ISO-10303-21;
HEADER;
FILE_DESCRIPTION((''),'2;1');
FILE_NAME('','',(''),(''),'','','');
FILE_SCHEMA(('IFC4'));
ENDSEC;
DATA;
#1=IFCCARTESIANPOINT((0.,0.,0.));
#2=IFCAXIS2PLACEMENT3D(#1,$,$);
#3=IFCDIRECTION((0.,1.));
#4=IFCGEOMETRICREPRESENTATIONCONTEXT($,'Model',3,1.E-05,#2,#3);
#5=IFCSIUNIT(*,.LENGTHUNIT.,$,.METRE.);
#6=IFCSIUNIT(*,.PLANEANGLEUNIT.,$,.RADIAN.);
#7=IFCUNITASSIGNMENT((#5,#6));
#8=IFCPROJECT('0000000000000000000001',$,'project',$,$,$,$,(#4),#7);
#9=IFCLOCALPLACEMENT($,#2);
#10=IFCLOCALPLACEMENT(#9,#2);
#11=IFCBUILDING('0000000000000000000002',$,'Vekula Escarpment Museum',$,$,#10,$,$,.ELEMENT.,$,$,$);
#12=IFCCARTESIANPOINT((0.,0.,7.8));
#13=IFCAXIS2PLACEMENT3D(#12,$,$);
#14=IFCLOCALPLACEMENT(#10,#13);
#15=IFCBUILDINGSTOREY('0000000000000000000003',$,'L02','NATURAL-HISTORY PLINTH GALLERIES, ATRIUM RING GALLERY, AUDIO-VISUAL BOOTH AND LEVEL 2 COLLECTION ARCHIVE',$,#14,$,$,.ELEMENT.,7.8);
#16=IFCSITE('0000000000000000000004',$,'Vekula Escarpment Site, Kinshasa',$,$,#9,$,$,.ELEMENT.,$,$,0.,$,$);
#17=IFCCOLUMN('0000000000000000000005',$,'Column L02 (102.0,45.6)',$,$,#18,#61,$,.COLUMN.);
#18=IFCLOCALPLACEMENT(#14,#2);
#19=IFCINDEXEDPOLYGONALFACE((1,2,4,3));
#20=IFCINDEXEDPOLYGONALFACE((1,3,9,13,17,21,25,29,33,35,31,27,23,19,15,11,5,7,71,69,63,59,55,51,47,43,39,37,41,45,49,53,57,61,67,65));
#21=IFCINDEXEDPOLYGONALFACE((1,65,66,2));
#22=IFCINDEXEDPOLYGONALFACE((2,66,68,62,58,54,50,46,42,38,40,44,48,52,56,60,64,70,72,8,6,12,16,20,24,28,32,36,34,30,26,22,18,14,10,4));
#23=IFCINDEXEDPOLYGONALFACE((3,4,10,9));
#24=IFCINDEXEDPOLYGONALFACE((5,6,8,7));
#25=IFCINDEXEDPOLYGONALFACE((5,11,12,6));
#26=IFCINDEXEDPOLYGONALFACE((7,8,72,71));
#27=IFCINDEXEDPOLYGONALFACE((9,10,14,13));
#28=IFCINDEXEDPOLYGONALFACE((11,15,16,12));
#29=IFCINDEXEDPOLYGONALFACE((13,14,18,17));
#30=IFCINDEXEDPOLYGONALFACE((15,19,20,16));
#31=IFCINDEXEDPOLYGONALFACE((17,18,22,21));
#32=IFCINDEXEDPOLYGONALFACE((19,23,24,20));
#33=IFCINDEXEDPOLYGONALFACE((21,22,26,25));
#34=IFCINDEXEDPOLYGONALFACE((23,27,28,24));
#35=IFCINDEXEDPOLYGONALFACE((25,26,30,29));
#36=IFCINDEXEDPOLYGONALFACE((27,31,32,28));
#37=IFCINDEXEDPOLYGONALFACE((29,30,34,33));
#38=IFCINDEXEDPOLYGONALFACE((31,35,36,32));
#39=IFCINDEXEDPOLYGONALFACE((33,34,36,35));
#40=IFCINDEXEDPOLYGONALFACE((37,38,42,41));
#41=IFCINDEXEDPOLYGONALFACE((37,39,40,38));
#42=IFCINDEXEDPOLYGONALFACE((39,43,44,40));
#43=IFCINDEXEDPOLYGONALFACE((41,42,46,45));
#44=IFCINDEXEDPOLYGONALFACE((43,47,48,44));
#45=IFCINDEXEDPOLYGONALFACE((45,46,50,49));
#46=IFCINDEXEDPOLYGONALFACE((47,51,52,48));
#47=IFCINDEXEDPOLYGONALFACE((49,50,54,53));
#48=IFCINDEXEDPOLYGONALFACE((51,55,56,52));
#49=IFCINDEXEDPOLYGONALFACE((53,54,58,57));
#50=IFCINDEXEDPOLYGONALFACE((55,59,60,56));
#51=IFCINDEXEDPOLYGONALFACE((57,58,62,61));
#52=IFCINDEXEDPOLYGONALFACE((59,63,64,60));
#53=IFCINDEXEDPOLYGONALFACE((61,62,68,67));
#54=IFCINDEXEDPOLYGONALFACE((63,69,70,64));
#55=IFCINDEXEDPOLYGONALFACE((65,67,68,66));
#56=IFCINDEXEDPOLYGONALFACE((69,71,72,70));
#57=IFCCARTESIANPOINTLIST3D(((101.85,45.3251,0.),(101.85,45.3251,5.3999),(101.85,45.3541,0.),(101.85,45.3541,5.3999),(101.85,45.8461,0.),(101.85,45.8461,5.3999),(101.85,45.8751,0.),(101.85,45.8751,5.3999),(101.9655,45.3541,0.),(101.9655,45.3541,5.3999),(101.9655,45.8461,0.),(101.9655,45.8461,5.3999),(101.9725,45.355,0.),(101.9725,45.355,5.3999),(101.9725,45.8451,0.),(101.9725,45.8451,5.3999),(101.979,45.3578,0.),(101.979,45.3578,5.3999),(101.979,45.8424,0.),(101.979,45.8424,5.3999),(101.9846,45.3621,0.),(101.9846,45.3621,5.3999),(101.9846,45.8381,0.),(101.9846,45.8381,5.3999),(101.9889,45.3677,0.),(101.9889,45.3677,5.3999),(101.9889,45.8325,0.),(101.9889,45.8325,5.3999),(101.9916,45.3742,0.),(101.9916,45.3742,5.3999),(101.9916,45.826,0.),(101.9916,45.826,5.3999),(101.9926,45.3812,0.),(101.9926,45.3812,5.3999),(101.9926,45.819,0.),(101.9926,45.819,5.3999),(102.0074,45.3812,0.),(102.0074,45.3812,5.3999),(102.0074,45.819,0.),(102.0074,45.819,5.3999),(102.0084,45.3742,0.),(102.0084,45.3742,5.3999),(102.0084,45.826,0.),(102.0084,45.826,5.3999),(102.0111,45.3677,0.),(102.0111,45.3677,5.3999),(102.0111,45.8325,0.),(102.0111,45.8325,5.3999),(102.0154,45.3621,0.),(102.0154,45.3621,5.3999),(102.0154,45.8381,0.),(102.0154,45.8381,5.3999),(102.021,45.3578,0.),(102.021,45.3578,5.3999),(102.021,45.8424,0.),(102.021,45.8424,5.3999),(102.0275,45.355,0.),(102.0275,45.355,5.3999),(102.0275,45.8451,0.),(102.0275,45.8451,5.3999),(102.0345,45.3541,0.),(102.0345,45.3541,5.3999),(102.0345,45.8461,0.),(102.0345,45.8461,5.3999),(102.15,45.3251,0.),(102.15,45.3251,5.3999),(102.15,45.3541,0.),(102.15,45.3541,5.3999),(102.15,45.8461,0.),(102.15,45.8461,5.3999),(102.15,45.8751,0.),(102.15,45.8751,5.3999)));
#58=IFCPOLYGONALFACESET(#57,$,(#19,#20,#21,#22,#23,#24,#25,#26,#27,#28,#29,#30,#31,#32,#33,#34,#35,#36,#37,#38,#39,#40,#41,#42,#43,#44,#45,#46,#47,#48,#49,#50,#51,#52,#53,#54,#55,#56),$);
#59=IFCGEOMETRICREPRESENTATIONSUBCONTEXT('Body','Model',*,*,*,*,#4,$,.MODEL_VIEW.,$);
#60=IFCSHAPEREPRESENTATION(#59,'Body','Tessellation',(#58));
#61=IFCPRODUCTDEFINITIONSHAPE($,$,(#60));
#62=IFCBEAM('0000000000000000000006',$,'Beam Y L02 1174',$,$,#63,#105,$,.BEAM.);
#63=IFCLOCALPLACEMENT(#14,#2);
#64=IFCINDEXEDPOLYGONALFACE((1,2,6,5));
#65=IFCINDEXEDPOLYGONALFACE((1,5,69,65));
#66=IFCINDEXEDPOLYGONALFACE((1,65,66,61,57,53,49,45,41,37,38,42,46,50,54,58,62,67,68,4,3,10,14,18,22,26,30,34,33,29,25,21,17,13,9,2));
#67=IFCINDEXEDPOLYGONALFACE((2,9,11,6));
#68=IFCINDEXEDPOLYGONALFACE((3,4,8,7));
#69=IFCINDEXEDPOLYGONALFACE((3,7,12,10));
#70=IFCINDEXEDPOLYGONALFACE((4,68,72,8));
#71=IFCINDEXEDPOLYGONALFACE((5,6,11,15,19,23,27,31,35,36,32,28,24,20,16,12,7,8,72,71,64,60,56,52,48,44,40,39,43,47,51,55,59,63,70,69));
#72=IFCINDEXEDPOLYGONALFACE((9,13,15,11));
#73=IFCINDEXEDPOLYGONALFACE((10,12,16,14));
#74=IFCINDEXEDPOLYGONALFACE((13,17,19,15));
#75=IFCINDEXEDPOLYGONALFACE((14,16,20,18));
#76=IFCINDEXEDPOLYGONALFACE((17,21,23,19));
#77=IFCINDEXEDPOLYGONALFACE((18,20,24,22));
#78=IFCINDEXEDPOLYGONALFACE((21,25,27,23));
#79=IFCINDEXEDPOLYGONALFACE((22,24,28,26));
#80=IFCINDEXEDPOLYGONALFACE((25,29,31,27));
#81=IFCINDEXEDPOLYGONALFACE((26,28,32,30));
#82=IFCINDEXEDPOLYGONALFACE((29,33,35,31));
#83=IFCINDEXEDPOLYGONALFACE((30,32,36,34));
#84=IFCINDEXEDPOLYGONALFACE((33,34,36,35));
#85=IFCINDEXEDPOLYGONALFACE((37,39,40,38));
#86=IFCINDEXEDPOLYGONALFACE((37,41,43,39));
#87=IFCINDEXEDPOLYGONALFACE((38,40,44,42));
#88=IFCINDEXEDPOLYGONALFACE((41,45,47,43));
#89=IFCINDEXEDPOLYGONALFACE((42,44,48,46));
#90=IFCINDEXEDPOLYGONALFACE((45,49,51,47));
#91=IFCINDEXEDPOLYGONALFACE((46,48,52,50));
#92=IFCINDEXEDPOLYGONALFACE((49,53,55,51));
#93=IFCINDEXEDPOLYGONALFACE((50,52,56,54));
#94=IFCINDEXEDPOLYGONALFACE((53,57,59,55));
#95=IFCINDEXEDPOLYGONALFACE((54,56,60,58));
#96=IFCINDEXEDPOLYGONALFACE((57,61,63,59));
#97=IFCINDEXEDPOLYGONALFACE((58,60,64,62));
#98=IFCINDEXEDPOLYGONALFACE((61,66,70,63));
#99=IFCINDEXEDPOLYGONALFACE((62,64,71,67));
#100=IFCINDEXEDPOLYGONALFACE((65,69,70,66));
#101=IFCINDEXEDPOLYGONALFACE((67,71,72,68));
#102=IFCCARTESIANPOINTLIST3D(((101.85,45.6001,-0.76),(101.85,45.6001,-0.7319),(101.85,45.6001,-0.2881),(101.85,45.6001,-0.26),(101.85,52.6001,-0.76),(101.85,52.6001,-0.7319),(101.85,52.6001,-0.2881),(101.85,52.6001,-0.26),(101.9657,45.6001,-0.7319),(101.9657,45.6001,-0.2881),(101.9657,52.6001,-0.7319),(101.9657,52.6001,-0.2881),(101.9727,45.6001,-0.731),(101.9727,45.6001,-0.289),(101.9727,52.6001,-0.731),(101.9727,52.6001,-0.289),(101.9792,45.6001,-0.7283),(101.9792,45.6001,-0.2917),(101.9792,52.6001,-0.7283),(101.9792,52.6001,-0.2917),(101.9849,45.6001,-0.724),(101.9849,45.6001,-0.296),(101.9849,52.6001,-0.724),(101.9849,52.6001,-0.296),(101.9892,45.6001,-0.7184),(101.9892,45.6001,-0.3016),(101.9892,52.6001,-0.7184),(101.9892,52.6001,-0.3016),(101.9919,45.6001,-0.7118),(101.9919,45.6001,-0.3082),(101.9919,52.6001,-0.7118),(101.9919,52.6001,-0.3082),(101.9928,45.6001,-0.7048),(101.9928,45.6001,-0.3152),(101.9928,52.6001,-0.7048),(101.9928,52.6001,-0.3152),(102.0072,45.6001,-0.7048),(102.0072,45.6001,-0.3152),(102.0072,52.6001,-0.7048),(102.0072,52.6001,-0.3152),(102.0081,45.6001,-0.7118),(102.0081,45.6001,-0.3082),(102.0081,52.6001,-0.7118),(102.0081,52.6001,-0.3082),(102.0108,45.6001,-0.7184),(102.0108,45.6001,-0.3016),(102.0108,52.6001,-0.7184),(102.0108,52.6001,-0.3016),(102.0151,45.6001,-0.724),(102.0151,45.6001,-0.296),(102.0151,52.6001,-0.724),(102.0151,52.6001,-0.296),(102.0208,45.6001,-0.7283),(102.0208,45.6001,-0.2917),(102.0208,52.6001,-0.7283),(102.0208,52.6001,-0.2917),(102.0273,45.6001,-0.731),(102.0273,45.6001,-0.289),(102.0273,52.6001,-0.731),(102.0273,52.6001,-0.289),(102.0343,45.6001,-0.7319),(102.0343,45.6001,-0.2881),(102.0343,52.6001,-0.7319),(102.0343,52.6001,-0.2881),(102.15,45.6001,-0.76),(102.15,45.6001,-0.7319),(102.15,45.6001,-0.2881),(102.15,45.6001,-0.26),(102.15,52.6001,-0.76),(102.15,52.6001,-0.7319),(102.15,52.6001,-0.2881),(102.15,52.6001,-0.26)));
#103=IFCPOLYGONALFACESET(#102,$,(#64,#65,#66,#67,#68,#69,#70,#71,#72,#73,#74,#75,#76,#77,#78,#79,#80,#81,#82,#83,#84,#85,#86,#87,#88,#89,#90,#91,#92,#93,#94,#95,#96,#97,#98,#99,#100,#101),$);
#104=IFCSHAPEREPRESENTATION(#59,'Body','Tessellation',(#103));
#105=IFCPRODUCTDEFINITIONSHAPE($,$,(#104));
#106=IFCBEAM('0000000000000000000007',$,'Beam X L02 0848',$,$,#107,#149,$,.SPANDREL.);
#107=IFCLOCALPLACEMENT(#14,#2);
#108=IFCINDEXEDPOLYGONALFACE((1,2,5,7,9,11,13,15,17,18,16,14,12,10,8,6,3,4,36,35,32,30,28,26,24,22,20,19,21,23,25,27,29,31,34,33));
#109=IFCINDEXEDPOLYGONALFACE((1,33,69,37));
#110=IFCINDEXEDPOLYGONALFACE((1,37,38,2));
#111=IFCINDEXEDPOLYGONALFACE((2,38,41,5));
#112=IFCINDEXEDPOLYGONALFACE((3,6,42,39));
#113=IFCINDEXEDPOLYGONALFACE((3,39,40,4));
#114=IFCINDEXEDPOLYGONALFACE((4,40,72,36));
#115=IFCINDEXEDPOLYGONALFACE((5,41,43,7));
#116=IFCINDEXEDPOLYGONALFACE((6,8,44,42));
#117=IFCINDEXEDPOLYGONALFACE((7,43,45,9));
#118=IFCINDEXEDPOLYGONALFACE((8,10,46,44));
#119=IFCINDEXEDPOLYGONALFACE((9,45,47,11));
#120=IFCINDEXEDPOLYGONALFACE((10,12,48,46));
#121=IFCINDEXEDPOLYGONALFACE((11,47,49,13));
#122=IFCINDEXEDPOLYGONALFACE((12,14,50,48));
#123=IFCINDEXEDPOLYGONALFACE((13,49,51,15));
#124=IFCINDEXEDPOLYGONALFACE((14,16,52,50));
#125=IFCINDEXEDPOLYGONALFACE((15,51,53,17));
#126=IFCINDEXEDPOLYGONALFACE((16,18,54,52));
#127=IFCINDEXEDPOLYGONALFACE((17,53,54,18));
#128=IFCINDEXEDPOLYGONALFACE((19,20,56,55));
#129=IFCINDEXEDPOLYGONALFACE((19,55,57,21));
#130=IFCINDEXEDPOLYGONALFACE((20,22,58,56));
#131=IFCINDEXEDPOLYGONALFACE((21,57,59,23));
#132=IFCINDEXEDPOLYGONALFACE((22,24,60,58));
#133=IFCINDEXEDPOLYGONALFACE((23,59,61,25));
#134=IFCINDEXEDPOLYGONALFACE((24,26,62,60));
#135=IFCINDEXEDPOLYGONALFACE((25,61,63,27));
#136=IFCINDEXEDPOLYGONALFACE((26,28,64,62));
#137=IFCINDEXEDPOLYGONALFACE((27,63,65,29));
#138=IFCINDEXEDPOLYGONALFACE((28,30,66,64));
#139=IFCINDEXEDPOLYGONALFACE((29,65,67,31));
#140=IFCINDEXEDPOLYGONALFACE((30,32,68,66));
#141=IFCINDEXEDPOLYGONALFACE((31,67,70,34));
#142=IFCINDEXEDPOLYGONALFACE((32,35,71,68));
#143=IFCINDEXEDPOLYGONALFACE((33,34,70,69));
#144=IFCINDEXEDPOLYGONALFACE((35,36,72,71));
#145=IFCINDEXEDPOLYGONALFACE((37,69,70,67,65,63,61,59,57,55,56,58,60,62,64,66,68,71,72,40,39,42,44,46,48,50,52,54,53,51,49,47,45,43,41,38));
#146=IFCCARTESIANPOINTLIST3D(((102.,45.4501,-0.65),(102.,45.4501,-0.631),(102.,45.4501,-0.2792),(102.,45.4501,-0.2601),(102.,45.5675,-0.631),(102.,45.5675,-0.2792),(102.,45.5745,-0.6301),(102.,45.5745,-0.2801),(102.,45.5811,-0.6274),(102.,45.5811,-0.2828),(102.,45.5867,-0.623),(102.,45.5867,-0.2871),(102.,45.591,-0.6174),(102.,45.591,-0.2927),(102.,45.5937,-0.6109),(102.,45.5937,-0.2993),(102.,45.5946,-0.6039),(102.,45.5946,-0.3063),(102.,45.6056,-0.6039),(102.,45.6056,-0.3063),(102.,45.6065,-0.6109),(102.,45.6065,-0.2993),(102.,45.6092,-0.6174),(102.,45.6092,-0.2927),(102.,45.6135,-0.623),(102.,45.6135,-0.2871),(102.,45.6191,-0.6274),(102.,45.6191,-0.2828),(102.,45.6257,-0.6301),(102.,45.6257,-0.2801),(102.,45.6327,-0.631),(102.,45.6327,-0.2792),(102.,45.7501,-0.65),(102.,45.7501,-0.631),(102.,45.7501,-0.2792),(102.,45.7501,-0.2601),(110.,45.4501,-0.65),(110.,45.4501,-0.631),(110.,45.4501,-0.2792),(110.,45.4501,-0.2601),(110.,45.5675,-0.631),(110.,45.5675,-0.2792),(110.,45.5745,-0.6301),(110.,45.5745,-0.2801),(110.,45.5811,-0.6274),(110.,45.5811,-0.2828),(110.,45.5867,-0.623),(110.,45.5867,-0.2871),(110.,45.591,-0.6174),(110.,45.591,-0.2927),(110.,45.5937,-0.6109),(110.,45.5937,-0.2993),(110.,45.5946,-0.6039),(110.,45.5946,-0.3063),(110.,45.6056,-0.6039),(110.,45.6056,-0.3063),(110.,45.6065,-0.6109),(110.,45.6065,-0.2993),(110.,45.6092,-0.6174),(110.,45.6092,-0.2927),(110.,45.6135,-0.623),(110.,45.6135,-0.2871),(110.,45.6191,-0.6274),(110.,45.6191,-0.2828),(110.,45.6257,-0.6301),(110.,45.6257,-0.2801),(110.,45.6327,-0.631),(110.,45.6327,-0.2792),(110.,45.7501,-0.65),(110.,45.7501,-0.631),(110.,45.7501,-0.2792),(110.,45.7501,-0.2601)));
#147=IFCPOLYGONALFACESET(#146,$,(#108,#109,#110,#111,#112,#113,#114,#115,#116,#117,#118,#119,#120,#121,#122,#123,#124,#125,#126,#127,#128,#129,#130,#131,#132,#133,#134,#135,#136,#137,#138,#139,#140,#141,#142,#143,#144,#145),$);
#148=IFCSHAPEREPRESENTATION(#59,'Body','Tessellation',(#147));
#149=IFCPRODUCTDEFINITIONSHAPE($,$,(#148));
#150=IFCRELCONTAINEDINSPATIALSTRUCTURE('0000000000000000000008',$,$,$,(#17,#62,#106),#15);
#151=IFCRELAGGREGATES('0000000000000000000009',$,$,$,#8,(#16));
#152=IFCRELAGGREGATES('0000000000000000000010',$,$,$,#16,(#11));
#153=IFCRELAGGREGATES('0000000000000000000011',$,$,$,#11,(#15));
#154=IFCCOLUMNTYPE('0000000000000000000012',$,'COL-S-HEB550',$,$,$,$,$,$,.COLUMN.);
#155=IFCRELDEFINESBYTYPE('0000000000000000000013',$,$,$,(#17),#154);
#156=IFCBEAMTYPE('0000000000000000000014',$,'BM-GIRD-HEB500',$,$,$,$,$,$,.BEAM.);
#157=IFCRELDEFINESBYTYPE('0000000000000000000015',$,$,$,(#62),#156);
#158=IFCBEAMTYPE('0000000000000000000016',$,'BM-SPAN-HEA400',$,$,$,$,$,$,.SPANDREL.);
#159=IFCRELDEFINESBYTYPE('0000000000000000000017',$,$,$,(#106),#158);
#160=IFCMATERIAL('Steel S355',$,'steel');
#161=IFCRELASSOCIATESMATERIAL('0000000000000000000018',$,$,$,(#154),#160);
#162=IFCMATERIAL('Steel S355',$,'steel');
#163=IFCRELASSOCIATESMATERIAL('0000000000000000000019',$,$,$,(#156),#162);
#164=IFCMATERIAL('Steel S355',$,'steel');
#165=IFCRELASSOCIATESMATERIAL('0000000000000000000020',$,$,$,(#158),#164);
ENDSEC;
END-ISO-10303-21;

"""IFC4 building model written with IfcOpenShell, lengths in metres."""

from ifc_helpers import new_model, si_unit, direction, frame, origin, origin_2d, place, context, subcontext, project, spatial, i_section, extrude, material, material_profile, profile_set, type_object, element, save


model = new_model("IFC4")

# Units and contexts
model_context = context("Model", 3, precision=1e-05, world=origin(), true_north=direction((0.0, 1.0)))
body_context = subcontext(model_context, "Body", "Model", "MODEL_VIEW")
ifc_project = project(units=[si_unit("LENGTHUNIT", "METRE"), si_unit("PLANEANGLEUNIT", "RADIAN")], contexts=[model_context])

# Site, building, storey
site_placement = place(None, origin())
site = spatial("IfcSite", under=ifc_project, at=site_placement, Name="Vekula Escarpment Site, Kinshasa", CompositionType="ELEMENT", RefElevation=0.0)
building_placement = place(site_placement, origin())
building = spatial("IfcBuilding", under=site, at=building_placement, Name="Vekula Escarpment Museum", CompositionType="ELEMENT")
storey_placement = place(building_placement, frame((0.0, 0.0, 7.8)))
storey = spatial("IfcBuildingStorey", under=building, at=storey_placement, Name="L02", Description="NATURAL-HISTORY PLINTH GALLERIES, ATRIUM RING GALLERY, AUDIO-VISUAL BOOTH AND LEVEL 2 COLLECTION ARCHIVE", CompositionType="ELEMENT", Elevation=7.8)

# Column
ifc_material_1 = material(Name="Steel S355", Category="steel")
ifc_material_profile_1 = material_profile(ifc_material_1, i_section(OverallWidth=0.3, OverallDepth=0.55, WebThickness=0.0149, FlangeThickness=0.0291, FilletRadius=0.0271, at=origin_2d()), Name="HEB 550")
ifc_profile_set_1 = profile_set([ifc_material_profile_1], Name="Steel S355")
column_type = type_object("IfcColumnType", Name="COL-S-HEB550", PredefinedType="COLUMN", material=ifc_profile_set_1)
column_placement = place(storey_placement, frame((102.0, 45.6001, 0.0), z_axis=(0.0, 0.0, 1.0), x_axis=(1.0, 0.0, 0.0)))
element("IfcColumn", 1, at=column_placement, inside=storey, type_object=column_type, Name="Column L02 (102.0,45.6)", PredefinedType="COLUMN", context=body_context, shape_type="SweptSolid", body=[
    extrude(i_section(OverallWidth=0.3, OverallDepth=0.55, WebThickness=0.0149, FlangeThickness=0.0291, FilletRadius=0.0271, at=origin_2d()), origin(), (0.0, 0.0, 1.0), 5.3999),
])

# Beams
ifc_material_2 = material(Name="Steel S355", Category="steel")
ifc_material_profile_2 = material_profile(ifc_material_2, i_section(OverallWidth=0.3, OverallDepth=0.5, WebThickness=0.0144, FlangeThickness=0.0281, FilletRadius=0.0271, at=origin_2d()), Name="HEB 500")
ifc_profile_set_2 = profile_set([ifc_material_profile_2], Name="Steel S355")
beam_type_1 = type_object("IfcBeamType", Name="BM-GIRD-HEB500", PredefinedType="BEAM", material=ifc_profile_set_2)
beam_1_placement = place(storey_placement, frame((102.0, 45.6001, -0.51), z_axis=(0.0, 1.0, 0.0), x_axis=(-1.0, 0.0, 0.0)))
element("IfcBeam", 2, at=beam_1_placement, inside=storey, type_object=beam_type_1, Name="Beam Y L02 1174", PredefinedType="BEAM", context=body_context, shape_type="SweptSolid", body=[
    extrude(i_section(OverallWidth=0.3, OverallDepth=0.5, WebThickness=0.0144, FlangeThickness=0.0281, FilletRadius=0.0271, at=origin_2d()), origin(), (0.0, 0.0, 1.0), 7.0),
])
ifc_material_3 = material(Name="Steel S355", Category="steel")
ifc_material_profile_3 = material_profile(ifc_material_3, i_section(OverallWidth=0.3, OverallDepth=0.3899, WebThickness=0.011, FlangeThickness=0.019, FilletRadius=0.0271, at=origin_2d()), Name="HEA 400")
ifc_profile_set_3 = profile_set([ifc_material_profile_3], Name="Steel S355")
beam_type_2 = type_object("IfcBeamType", Name="BM-SPAN-HEA400", PredefinedType="SPANDREL", material=ifc_profile_set_3)
beam_2_placement = place(storey_placement, frame((102.0, 45.6001, -0.4551), z_axis=(1.0, 0.0, 0.0), x_axis=(0.0, 1.0, 0.0)))
element("IfcBeam", 3, at=beam_2_placement, inside=storey, type_object=beam_type_2, Name="Beam X L02 0848", PredefinedType="SPANDREL", context=body_context, shape_type="SweptSolid", body=[
    extrude(i_section(OverallWidth=0.3, OverallDepth=0.3899, WebThickness=0.011, FlangeThickness=0.019, FilletRadius=0.0271, at=origin_2d()), origin(), (0.0, 0.0, 1.0), 8.0),
])

save(model, "model.ifc")
